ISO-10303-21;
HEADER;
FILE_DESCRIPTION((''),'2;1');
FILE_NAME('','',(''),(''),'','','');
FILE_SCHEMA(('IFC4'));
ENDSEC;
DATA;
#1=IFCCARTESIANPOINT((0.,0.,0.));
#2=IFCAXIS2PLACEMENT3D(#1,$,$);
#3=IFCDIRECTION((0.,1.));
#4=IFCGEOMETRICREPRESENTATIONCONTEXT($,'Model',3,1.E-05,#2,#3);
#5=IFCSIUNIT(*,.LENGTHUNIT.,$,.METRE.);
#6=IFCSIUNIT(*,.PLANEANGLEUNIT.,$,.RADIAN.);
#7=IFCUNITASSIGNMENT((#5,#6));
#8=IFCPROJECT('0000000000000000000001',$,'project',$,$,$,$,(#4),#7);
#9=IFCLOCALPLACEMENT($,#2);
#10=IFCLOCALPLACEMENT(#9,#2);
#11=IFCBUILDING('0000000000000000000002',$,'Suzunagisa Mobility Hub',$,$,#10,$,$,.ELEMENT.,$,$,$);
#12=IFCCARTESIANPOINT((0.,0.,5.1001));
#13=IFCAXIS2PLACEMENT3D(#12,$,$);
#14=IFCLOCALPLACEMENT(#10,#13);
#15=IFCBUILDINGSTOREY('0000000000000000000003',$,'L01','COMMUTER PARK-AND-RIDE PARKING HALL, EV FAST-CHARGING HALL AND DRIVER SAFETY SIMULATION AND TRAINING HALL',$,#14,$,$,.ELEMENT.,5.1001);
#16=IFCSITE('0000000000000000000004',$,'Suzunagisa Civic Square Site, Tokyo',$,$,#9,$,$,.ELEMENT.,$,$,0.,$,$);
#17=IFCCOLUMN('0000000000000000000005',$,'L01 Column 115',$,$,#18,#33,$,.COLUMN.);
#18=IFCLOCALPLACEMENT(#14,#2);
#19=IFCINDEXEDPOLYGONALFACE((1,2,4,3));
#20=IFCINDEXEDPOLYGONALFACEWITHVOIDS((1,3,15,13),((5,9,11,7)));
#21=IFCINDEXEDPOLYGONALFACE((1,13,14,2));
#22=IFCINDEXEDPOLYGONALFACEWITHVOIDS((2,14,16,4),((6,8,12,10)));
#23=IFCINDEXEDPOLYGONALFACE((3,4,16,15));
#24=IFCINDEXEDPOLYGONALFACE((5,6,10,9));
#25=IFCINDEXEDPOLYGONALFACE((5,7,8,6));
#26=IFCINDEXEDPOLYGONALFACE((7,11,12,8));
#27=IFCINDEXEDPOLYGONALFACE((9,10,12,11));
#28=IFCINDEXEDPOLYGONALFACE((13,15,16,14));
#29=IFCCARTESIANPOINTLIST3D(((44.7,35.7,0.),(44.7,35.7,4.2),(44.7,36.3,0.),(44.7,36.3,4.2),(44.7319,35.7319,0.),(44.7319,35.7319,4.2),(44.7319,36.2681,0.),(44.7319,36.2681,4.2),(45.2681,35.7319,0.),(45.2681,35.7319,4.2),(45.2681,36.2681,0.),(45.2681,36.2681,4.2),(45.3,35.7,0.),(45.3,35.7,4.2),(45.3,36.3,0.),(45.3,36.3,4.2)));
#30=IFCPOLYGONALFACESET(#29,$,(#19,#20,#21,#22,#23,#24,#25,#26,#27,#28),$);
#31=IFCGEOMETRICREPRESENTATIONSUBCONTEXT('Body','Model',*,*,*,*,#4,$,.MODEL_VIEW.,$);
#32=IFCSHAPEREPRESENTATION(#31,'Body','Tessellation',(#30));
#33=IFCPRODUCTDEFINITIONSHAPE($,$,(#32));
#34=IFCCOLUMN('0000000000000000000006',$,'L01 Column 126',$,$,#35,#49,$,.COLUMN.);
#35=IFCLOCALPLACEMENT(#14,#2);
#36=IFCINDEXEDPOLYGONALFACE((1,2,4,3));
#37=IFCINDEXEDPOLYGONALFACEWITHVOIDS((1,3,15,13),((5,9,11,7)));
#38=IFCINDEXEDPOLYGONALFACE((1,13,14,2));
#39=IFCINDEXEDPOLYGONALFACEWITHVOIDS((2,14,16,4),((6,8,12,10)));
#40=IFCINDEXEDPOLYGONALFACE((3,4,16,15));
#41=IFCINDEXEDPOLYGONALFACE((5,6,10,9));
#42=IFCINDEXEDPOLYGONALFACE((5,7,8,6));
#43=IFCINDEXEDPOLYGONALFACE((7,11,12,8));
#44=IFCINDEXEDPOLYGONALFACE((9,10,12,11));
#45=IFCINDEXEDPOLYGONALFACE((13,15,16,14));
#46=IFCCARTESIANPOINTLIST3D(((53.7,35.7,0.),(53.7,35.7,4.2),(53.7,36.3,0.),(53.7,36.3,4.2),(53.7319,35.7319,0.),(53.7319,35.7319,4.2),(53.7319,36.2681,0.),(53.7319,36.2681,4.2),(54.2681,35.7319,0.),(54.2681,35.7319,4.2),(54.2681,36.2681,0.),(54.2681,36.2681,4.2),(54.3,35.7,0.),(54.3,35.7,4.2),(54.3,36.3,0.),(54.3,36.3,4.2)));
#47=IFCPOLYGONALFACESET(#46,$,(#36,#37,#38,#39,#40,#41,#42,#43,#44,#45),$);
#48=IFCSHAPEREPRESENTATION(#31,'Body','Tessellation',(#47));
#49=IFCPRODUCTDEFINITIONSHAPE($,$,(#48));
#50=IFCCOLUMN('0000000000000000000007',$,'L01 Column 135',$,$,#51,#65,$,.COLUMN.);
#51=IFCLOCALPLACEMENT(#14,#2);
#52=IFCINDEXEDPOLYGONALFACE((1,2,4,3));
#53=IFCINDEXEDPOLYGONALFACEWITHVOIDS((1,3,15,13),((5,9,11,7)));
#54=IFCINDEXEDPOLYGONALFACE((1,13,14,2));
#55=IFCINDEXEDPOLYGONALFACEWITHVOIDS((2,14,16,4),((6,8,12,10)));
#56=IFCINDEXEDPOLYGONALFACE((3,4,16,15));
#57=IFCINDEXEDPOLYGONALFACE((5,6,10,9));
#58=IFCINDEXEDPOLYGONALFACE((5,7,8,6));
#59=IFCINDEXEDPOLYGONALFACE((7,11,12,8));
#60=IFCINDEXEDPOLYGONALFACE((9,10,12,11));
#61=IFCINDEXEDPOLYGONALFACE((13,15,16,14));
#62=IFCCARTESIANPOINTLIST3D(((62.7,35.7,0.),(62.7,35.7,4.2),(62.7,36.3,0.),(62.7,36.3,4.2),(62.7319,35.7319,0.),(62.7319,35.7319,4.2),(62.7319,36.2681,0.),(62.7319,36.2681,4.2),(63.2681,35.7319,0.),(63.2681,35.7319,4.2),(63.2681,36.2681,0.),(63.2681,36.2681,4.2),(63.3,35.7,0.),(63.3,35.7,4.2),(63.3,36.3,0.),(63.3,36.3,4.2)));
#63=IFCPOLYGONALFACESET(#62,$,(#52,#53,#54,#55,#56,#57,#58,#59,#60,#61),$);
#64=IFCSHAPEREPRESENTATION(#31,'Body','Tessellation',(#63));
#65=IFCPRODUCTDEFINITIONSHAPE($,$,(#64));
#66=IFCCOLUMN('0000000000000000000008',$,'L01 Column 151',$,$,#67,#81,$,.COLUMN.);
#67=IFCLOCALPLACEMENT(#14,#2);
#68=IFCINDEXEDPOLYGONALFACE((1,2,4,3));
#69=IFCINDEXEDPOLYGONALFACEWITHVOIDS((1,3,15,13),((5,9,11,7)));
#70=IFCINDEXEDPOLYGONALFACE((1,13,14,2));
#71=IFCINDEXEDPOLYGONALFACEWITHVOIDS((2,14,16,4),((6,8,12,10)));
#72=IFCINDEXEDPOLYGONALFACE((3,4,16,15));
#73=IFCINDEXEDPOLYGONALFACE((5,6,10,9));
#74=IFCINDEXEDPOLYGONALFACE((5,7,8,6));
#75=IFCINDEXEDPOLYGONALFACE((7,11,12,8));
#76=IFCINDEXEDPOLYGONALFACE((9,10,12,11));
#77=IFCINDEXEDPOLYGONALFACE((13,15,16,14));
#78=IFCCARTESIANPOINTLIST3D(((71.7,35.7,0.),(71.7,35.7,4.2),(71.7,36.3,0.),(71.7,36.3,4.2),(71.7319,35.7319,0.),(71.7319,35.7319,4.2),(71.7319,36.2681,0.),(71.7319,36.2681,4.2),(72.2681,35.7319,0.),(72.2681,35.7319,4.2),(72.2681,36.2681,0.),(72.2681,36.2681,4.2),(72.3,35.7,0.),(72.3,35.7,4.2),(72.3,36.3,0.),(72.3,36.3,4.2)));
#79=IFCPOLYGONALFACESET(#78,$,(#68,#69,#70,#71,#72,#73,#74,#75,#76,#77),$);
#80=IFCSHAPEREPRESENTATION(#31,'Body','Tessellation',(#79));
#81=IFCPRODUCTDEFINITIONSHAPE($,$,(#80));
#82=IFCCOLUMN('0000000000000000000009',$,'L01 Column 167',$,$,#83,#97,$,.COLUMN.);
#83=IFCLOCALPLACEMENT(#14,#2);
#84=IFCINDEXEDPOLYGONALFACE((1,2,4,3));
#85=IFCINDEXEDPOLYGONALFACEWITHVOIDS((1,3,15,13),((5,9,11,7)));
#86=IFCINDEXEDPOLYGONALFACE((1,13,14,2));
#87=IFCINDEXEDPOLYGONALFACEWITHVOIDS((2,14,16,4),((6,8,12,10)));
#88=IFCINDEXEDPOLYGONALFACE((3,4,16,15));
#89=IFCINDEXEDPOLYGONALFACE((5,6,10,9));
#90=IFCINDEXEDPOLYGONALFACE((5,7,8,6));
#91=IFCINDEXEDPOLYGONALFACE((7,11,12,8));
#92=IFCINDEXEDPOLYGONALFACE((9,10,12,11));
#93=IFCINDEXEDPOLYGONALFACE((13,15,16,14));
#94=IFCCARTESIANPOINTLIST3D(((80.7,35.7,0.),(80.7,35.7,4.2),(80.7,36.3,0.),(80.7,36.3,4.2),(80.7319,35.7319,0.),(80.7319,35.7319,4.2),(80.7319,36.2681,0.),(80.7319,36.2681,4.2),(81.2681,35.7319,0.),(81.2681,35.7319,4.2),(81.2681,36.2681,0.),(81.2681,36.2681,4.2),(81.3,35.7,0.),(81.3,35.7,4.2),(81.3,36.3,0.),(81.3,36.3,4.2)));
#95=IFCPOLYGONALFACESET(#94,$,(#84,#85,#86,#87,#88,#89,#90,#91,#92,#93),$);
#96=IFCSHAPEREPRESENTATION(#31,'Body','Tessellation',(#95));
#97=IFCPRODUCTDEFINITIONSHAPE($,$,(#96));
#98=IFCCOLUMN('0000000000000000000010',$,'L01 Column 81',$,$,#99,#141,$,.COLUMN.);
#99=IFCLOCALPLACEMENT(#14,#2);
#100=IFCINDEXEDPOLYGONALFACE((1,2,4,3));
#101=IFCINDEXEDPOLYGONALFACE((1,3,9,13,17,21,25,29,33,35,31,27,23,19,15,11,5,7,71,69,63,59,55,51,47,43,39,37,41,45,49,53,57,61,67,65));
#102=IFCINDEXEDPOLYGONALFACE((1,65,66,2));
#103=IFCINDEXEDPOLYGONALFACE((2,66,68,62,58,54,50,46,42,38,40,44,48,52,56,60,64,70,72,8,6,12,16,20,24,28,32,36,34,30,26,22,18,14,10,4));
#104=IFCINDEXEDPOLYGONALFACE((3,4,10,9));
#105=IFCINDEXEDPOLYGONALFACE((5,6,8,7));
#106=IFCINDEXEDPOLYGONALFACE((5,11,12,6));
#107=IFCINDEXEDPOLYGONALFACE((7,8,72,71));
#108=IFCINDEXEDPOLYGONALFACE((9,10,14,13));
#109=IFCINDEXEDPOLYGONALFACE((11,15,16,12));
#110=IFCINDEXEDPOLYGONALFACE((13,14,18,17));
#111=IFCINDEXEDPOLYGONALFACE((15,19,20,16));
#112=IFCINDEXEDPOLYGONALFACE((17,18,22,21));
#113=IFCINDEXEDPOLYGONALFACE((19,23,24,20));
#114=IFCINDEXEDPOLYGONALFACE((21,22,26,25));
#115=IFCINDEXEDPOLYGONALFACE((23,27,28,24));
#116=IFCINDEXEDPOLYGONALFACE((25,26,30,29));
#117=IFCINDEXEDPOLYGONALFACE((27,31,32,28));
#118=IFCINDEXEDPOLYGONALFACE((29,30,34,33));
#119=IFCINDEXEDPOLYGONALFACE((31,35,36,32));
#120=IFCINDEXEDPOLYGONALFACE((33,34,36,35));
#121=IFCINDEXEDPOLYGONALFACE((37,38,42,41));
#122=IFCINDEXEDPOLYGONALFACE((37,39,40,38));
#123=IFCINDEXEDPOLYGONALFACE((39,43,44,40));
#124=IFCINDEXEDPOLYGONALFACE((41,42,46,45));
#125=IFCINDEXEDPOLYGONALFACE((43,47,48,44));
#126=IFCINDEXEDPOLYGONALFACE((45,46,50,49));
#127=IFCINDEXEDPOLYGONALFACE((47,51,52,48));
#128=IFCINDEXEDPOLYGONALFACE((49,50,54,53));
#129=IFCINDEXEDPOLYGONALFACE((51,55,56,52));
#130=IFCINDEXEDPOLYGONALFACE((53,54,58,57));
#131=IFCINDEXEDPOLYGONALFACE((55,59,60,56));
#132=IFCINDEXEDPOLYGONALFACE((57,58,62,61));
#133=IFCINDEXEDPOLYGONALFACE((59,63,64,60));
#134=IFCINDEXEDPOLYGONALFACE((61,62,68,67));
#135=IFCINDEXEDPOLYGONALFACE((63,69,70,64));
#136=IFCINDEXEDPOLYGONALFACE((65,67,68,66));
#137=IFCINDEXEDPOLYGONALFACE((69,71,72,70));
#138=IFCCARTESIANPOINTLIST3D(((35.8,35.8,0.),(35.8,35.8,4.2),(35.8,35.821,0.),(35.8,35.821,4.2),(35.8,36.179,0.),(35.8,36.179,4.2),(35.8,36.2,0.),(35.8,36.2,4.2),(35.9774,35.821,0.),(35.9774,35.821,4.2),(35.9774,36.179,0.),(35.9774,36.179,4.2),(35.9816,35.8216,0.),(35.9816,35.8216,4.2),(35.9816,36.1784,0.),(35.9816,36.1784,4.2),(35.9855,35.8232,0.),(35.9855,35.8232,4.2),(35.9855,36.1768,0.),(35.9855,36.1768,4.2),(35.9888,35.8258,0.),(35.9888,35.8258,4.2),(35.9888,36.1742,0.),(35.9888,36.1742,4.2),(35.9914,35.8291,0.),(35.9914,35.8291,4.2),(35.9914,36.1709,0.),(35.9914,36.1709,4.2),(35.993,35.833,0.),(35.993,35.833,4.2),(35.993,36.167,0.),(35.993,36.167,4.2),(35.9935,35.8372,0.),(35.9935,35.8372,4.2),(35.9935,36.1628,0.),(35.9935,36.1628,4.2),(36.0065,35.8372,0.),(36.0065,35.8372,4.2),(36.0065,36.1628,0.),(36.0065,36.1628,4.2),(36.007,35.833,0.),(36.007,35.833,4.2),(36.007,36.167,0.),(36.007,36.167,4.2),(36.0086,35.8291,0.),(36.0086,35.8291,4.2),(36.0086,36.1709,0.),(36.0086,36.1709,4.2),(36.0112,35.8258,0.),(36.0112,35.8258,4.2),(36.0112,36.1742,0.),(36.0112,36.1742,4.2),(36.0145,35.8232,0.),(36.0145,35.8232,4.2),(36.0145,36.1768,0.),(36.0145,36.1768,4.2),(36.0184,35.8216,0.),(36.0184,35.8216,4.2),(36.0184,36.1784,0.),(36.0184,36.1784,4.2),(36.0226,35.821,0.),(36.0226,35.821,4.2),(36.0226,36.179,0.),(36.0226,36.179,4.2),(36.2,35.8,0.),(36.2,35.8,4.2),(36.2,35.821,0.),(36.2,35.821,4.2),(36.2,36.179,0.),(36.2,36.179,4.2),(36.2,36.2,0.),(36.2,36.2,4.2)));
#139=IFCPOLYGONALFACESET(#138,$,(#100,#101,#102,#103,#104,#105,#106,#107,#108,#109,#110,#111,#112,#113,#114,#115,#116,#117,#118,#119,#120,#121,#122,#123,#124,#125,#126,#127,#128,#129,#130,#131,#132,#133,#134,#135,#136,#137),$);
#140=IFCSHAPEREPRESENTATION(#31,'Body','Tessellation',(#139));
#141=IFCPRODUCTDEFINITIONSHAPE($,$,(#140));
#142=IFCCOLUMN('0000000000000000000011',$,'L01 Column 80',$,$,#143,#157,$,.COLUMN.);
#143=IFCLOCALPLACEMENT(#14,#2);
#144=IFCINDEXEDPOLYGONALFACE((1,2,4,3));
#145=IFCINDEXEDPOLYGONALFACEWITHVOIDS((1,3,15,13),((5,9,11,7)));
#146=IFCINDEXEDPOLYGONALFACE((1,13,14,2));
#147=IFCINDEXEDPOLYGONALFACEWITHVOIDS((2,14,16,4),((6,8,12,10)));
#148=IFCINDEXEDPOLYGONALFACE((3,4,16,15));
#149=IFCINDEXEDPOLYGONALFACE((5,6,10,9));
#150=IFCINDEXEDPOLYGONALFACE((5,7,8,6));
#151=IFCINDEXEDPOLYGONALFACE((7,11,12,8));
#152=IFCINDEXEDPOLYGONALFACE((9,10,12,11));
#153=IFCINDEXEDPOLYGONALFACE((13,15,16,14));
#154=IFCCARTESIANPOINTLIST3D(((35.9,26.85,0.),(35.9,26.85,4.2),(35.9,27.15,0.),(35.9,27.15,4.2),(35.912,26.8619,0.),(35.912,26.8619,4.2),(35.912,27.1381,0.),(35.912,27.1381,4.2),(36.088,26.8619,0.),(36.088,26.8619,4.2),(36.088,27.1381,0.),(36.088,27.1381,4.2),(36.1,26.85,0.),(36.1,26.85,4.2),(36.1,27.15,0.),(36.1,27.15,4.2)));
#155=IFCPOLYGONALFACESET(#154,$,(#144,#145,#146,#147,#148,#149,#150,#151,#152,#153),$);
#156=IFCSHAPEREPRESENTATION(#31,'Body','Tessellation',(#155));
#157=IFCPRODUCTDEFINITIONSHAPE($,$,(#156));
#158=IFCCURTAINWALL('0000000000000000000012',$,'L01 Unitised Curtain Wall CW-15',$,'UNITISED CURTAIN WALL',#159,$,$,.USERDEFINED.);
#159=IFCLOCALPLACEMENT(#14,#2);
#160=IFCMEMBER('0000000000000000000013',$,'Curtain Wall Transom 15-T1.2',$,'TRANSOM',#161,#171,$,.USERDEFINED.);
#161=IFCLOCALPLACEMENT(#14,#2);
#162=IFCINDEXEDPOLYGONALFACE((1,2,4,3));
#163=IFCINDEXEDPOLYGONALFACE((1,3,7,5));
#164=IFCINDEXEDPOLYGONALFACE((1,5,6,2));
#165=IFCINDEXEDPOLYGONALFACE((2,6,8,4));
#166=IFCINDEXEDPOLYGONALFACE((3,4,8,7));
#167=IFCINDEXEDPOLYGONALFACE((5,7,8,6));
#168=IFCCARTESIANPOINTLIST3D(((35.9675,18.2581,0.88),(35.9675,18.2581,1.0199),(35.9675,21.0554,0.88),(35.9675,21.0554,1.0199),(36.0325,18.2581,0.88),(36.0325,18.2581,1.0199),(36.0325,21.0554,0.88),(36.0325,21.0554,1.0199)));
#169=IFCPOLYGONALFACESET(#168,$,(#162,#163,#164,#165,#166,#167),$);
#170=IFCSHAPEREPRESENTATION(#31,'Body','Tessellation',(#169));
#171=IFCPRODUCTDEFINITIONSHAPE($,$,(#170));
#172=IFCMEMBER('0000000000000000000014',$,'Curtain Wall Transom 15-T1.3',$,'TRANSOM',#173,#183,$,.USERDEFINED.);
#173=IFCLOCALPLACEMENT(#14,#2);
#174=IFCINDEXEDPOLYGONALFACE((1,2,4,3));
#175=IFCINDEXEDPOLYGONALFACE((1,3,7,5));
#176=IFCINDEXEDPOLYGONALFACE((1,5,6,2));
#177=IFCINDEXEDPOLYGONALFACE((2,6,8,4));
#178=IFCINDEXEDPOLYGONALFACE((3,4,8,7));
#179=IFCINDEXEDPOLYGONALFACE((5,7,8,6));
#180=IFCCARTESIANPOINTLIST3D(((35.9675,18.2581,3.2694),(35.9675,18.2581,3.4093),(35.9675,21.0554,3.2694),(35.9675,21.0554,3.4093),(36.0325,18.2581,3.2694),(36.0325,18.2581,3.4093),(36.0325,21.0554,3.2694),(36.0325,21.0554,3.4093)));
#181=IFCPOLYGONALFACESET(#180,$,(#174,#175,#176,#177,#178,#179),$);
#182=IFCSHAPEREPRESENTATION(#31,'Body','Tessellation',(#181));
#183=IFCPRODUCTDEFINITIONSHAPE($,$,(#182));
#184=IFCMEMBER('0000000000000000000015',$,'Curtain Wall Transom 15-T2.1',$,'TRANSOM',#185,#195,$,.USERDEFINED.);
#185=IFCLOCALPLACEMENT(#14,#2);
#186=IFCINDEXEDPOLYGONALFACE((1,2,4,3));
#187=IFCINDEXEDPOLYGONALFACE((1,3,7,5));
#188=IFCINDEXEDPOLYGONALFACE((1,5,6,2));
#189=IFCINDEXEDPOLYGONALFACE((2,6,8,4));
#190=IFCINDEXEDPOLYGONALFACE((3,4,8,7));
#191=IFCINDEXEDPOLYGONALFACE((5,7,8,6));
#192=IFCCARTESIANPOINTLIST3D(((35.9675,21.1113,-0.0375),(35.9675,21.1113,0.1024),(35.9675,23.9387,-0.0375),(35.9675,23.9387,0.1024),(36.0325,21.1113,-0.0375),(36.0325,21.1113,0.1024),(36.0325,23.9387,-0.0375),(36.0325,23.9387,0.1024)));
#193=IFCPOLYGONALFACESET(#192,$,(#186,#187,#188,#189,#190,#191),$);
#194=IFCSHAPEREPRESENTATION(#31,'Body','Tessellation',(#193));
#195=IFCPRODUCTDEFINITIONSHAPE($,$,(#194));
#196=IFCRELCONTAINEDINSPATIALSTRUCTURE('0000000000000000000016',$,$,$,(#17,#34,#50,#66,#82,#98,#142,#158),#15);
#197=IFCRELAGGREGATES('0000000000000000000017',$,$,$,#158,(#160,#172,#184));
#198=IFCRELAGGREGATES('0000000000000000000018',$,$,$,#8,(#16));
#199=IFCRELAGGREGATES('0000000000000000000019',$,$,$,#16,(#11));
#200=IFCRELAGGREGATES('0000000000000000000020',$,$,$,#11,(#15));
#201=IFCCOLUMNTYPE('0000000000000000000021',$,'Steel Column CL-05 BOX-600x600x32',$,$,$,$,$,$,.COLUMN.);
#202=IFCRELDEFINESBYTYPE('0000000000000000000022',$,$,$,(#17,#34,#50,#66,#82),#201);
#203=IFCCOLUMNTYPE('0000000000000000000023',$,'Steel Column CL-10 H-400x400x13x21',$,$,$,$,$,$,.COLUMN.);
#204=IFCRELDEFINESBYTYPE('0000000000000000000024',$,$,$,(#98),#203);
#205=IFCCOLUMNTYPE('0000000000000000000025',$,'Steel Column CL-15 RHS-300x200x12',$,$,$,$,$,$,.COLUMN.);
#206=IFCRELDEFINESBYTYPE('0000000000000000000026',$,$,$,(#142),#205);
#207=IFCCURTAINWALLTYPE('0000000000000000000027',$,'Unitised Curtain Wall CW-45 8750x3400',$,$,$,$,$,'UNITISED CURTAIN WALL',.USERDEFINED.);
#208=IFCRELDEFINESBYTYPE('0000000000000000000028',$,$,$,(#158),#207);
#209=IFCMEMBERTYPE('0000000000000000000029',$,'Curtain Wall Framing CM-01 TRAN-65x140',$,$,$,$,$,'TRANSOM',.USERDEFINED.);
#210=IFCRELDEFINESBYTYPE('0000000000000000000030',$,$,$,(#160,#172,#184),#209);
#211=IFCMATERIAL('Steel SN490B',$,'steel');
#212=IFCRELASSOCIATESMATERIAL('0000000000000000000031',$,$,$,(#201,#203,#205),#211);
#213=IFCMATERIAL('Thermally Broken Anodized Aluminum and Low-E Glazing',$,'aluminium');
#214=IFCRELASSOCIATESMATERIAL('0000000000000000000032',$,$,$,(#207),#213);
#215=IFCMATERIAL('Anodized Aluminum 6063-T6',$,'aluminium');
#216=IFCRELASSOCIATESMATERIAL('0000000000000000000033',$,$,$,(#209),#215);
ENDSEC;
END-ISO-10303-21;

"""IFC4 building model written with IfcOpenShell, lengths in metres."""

from ifc_helpers import new_model, si_unit, direction, frame, origin, origin_2d, place, context, subcontext, project, spatial, rectangle, hollow_rectangle, i_section, extrude, material, material_profile, profile_set, type_object, element, aggregate, save


model = new_model("IFC4")

# Units and contexts
model_context = context("Model", 3, precision=1e-05, world=origin(), true_north=direction((0.0, 1.0)))
body_context = subcontext(model_context, "Body", "Model", "MODEL_VIEW")
ifc_project = project(units=[si_unit("LENGTHUNIT", "METRE"), si_unit("PLANEANGLEUNIT", "RADIAN")], contexts=[model_context])

# Site, building, storey
site_placement = place(None, origin())
site = spatial("IfcSite", under=ifc_project, at=site_placement, Name="Suzunagisa Civic Square Site, Tokyo", CompositionType="ELEMENT", RefElevation=0.0)
building_placement = place(site_placement, origin())
building = spatial("IfcBuilding", under=site, at=building_placement, Name="Suzunagisa Mobility Hub", CompositionType="ELEMENT")
storey_placement = place(building_placement, frame((0.0, 0.0, 5.1001)))
storey = spatial("IfcBuildingStorey", under=building, at=storey_placement, Name="L01", Description="COMMUTER PARK-AND-RIDE PARKING HALL, EV FAST-CHARGING HALL AND DRIVER SAFETY SIMULATION AND TRAINING HALL", CompositionType="ELEMENT", Elevation=5.1001)

# Columns
ifc_material_1 = material(Name="Steel SN490B", Category="steel")
ifc_material_profile_1 = material_profile(ifc_material_1, hollow_rectangle(XDim=0.6001, YDim=0.6001, WallThickness=0.032, at=origin_2d()), Name="BOX-600x600x32")
ifc_profile_set_1 = profile_set([ifc_material_profile_1], Name="Steel SN490B")
column_type_1 = type_object("IfcColumnType", Name="Steel Column CL-05 BOX-600x600x32", PredefinedType="COLUMN", material=ifc_profile_set_1)
for number, where, z_axis, x_axis, name in (
    (1, (45.0, 36.0, 0.0), (0.0, 0.0, 1.0), (1.0, 0.0, 0.0), "L01 Column 115"),
    (2, (54.0, 36.0, 0.0), (0.0, 0.0, 1.0), (1.0, 0.0, 0.0), "L01 Column 126"),
    (3, (63.0, 36.0, 0.0), (0.0, 0.0, 1.0), (1.0, 0.0, 0.0), "L01 Column 135"),
    (4, (72.0, 36.0, 0.0), (0.0, 0.0, 1.0), (1.0, 0.0, 0.0), "L01 Column 151"),
    (5, (81.0, 36.0, 0.0), (0.0, 0.0, 1.0), (1.0, 0.0, 0.0), "L01 Column 167"),
):
    element("IfcColumn", number, at=place(storey_placement, frame(where, z_axis=z_axis, x_axis=x_axis)), inside=storey, type_object=column_type_1, Name=name, PredefinedType="COLUMN", context=body_context, shape_type="SweptSolid", body=[
        extrude(hollow_rectangle(XDim=0.6001, YDim=0.6001, WallThickness=0.032, at=origin_2d()), origin(), (0.0, 0.0, 1.0), 4.2),
    ])
ifc_material_profile_2 = material_profile(ifc_material_1, i_section(OverallWidth=0.3999, OverallDepth=0.3999, WebThickness=0.0129, FlangeThickness=0.021, FilletRadius=0.0161, at=origin_2d()), Name="H-400x400x13x21")
ifc_profile_set_2 = profile_set([ifc_material_profile_2], Name="Steel SN490B")
column_type_2 = type_object("IfcColumnType", Name="Steel Column CL-10 H-400x400x13x21", PredefinedType="COLUMN", material=ifc_profile_set_2)
column_1_placement = place(storey_placement, frame((36.0, 36.0, 0.0), z_axis=(0.0, 0.0, 1.0), x_axis=(1.0, 0.0, 0.0)))
element("IfcColumn", 6, at=column_1_placement, inside=storey, type_object=column_type_2, Name="L01 Column 81", PredefinedType="COLUMN", context=body_context, shape_type="SweptSolid", body=[
    extrude(i_section(OverallWidth=0.3999, OverallDepth=0.3999, WebThickness=0.0129, FlangeThickness=0.021, FilletRadius=0.0161, at=origin_2d()), origin(), (0.0, 0.0, 1.0), 4.2),
])
ifc_material_profile_3 = material_profile(ifc_material_1, hollow_rectangle(XDim=0.2, YDim=0.3, WallThickness=0.012, at=origin_2d()), Name="RHS-300x200x12")
ifc_profile_set_3 = profile_set([ifc_material_profile_3], Name="Steel SN490B")
column_type_3 = type_object("IfcColumnType", Name="Steel Column CL-15 RHS-300x200x12", PredefinedType="COLUMN", material=ifc_profile_set_3)
column_2_placement = place(storey_placement, frame((36.0, 27.0, 0.0), z_axis=(0.0, 0.0, 1.0), x_axis=(1.0, 0.0, 0.0)))
element("IfcColumn", 7, at=column_2_placement, inside=storey, type_object=column_type_3, Name="L01 Column 80", PredefinedType="COLUMN", context=body_context, shape_type="SweptSolid", body=[
    extrude(hollow_rectangle(XDim=0.2, YDim=0.3, WallThickness=0.012, at=origin_2d()), origin(), (0.0, 0.0, 1.0), 4.2),
])

# Curtain wall, members
ifc_material_2 = material(Name="Thermally Broken Anodized Aluminum and Low-E Glazing", Category="aluminium")
curtain_wall_type_1 = type_object("IfcCurtainWallType", Name="Unitised Curtain Wall CW-45 8750x3400", ElementType="UNITISED CURTAIN WALL", PredefinedType="USERDEFINED", material=ifc_material_2)
curtain_wall_1_placement = place(storey_placement, origin())
curtain_wall_1 = element("IfcCurtainWall", 8, at=curtain_wall_1_placement, inside=storey, type_object=curtain_wall_type_1, Name="L01 Unitised Curtain Wall CW-15", ObjectType="UNITISED CURTAIN WALL", PredefinedType="USERDEFINED")
ifc_material_3 = material(Name="Anodized Aluminum 6063-T6", Category="aluminium")
ifc_material_profile_4 = material_profile(ifc_material_3, rectangle(XDim=0.0649, YDim=0.1399, at=origin_2d()), Name="TRAN-65x140")
ifc_profile_set_4 = profile_set([ifc_material_profile_4], Name="Anodized Aluminum 6063-T6")
member_type_1 = type_object("IfcMemberType", Name="Curtain Wall Framing CM-01 TRAN-65x140", ElementType="TRANSOM", PredefinedType="USERDEFINED", material=ifc_profile_set_4)
member_1_placement = place(storey_placement, frame((36.0, 18.2581, 0.95), z_axis=(0.0, 1.0, 0.0), x_axis=(-1.0, 0.0, 0.0)))
member_1 = element("IfcMember", 9, at=member_1_placement, type_object=member_type_1, Name="Curtain Wall Transom 15-T1.2", ObjectType="TRANSOM", PredefinedType="USERDEFINED", context=body_context, shape_type="SweptSolid", body=[
    extrude(rectangle(XDim=0.0649, YDim=0.1399, at=origin_2d()), origin(), (0.0, 0.0, 1.0), 2.7974),
])
member_2_placement = place(storey_placement, frame((36.0, 18.2581, 3.3394), z_axis=(0.0, 1.0, 0.0), x_axis=(-1.0, 0.0, 0.0)))
member_2 = element("IfcMember", 10, at=member_2_placement, type_object=member_type_1, Name="Curtain Wall Transom 15-T1.3", ObjectType="TRANSOM", PredefinedType="USERDEFINED", context=body_context, shape_type="SweptSolid", body=[
    extrude(rectangle(XDim=0.0649, YDim=0.1399, at=origin_2d()), origin(), (0.0, 0.0, 1.0), 2.7974),
])
member_3_placement = place(storey_placement, frame((36.0, 21.1113, 0.0325), z_axis=(0.0, 1.0, 0.0), x_axis=(-1.0, 0.0, 0.0)))
member_3 = element("IfcMember", 11, at=member_3_placement, type_object=member_type_1, Name="Curtain Wall Transom 15-T2.1", ObjectType="TRANSOM", PredefinedType="USERDEFINED", context=body_context, shape_type="SweptSolid", body=[
    extrude(rectangle(XDim=0.0649, YDim=0.1399, at=origin_2d()), origin(), (0.0, 0.0, 1.0), 2.8274),
])

aggregate(curtain_wall_1, [member_1, member_2, member_3])

save(model, "model.ifc")
